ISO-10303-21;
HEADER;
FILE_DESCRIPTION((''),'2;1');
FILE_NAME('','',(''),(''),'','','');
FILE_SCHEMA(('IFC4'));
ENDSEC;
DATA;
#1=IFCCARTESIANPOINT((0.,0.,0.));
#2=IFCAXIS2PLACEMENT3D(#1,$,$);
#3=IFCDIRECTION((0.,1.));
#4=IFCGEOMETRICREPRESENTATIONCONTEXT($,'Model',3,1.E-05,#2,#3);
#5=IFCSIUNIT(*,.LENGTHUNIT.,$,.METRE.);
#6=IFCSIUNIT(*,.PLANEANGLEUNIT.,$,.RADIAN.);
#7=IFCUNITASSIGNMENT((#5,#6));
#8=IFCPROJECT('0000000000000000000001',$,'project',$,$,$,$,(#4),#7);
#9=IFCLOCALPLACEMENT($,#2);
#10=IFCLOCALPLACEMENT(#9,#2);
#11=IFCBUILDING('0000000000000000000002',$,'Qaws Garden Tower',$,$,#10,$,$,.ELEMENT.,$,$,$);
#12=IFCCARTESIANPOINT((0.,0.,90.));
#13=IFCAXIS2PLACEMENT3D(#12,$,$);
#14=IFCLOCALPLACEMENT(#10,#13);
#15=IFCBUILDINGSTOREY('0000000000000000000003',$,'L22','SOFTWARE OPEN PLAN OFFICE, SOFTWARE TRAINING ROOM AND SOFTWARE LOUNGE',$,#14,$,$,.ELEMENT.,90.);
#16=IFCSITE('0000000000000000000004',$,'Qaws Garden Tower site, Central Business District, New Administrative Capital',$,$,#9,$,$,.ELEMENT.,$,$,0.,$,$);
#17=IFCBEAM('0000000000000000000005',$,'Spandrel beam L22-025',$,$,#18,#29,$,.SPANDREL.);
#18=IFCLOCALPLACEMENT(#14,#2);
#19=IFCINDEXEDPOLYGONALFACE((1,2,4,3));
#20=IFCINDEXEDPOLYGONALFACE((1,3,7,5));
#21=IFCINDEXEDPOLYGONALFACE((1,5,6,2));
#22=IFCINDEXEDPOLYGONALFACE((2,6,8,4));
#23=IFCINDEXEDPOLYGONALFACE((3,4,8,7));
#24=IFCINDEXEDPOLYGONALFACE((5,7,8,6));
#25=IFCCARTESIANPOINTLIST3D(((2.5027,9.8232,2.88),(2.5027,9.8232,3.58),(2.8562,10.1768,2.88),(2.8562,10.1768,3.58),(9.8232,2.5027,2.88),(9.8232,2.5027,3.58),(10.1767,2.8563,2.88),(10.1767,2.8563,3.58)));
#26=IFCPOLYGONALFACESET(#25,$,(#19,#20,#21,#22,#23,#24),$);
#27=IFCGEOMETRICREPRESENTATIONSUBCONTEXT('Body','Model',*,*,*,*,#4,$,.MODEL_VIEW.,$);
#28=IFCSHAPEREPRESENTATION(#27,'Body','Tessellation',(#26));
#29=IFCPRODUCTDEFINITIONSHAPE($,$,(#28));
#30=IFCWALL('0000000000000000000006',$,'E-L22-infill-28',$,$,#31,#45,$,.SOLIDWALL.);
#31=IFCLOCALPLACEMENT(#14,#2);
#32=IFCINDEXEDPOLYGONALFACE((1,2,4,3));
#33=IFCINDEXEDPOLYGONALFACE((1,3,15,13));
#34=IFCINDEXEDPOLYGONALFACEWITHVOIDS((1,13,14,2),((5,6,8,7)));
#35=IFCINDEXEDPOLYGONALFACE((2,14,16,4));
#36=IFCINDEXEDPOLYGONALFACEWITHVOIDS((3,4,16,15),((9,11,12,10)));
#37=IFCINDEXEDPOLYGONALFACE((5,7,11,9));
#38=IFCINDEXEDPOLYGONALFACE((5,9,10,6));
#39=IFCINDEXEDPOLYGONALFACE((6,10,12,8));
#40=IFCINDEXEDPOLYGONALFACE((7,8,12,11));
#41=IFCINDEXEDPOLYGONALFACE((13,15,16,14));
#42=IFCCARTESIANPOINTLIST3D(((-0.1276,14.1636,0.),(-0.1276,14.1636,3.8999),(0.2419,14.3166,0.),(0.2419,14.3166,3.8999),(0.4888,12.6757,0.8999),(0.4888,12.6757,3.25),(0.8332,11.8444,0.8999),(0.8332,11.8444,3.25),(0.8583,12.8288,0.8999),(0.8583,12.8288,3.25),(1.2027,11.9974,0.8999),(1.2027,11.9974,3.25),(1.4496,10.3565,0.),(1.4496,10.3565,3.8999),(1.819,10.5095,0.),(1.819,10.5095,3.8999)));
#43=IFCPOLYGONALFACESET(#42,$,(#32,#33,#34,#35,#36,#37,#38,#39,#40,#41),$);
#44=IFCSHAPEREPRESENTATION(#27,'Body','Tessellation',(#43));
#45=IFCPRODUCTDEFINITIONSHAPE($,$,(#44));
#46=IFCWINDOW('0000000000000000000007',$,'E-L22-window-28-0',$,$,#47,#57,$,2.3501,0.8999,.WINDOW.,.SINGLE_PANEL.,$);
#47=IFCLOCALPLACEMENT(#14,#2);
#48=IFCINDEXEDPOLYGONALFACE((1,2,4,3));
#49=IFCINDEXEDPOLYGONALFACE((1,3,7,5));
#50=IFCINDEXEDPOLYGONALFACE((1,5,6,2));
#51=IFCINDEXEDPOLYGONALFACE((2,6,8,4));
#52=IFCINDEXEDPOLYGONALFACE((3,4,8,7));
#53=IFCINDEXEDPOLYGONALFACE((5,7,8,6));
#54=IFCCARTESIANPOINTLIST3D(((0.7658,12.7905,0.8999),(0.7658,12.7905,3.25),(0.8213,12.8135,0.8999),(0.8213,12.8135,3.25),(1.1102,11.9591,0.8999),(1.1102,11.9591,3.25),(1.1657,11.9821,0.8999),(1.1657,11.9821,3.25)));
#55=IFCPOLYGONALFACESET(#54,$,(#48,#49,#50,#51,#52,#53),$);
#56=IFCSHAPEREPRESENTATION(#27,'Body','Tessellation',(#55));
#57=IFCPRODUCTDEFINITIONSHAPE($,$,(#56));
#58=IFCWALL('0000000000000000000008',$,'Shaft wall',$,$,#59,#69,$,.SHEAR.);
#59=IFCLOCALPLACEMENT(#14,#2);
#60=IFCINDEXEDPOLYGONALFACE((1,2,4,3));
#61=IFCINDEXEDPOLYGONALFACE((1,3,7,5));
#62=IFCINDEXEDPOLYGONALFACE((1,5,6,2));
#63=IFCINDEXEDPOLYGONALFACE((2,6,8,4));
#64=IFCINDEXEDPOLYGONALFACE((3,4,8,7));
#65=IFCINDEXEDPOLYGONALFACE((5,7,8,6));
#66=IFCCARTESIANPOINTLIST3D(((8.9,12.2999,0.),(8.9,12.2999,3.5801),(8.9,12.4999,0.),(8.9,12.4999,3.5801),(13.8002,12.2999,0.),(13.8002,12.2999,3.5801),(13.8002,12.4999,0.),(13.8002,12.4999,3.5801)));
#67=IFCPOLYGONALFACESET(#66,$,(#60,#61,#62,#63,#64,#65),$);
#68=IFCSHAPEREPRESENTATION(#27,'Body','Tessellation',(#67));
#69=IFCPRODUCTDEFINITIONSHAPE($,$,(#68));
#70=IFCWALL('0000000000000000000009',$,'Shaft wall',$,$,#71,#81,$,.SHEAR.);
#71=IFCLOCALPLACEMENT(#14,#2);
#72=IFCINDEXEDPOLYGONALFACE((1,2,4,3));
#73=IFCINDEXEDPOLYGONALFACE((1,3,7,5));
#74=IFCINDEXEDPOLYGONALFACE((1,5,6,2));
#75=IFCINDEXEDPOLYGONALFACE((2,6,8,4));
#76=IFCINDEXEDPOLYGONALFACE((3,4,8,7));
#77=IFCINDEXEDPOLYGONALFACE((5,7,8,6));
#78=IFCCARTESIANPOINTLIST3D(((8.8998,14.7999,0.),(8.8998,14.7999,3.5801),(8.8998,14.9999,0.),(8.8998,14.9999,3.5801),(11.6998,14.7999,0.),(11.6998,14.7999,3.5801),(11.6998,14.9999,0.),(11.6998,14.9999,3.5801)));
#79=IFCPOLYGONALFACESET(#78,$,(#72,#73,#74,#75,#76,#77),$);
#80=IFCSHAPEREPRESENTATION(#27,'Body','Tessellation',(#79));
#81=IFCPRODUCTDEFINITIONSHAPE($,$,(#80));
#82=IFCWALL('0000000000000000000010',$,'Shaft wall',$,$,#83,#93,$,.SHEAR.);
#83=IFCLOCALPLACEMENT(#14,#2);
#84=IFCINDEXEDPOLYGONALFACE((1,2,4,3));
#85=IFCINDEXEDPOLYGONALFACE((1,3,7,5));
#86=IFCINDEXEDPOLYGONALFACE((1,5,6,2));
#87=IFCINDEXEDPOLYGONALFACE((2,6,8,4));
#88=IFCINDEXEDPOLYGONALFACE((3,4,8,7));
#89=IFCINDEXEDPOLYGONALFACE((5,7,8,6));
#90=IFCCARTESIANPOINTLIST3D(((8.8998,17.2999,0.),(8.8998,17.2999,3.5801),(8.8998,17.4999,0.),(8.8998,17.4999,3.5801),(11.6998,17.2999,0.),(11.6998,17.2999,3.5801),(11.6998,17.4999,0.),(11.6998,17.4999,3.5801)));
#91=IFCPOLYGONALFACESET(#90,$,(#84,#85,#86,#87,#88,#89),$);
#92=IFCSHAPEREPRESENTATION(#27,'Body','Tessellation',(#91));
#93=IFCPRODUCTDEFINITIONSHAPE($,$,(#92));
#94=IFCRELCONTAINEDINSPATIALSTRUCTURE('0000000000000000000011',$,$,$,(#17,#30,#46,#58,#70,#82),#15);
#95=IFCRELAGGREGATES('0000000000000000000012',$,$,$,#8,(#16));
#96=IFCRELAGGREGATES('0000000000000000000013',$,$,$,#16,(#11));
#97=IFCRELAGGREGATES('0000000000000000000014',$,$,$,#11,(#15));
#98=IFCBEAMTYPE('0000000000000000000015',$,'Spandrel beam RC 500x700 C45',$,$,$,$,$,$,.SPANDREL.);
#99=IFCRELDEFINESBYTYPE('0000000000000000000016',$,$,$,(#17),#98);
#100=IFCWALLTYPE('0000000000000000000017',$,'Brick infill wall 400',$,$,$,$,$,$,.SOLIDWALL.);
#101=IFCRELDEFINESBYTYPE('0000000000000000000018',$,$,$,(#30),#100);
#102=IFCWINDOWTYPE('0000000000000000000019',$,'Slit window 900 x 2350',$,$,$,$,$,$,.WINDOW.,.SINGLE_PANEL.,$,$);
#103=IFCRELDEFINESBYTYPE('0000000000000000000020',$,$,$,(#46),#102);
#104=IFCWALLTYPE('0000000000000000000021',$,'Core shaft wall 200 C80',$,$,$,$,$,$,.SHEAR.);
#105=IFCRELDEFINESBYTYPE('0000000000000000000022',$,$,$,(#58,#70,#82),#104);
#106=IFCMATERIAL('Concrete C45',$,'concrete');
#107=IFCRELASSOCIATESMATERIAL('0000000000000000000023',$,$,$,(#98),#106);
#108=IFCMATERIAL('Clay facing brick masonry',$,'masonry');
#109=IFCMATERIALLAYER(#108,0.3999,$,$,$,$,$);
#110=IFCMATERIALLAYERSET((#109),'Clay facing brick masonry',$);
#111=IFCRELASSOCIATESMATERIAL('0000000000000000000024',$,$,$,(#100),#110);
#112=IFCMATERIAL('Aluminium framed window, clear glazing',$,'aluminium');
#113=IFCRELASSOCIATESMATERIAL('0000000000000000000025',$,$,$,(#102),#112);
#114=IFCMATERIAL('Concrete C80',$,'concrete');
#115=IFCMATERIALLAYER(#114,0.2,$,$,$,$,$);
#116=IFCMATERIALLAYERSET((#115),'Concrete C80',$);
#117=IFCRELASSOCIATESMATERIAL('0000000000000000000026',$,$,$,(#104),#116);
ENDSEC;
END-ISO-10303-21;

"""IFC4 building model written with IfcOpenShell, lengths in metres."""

from ifc_helpers import new_model, si_unit, direction, frame, frame_2d, origin, origin_2d, place, context, subcontext, project, spatial, rectangle, extrude, material, layer, layer_set, material_profile, profile_set, type_object, element, fill, save


model = new_model("IFC4")

# Units and contexts
model_context = context("Model", 3, precision=1e-05, world=origin(), true_north=direction((0.0, 1.0)))
body_context = subcontext(model_context, "Body", "Model", "MODEL_VIEW")
ifc_project = project(units=[si_unit("LENGTHUNIT", "METRE"), si_unit("PLANEANGLEUNIT", "RADIAN")], contexts=[model_context])

# Site, building, storey
site_placement = place(None, origin())
site = spatial("IfcSite", under=ifc_project, at=site_placement, Name="Qaws Garden Tower site, Central Business District, New Administrative Capital", CompositionType="ELEMENT", RefElevation=0.0)
building_placement = place(site_placement, origin())
building = spatial("IfcBuilding", under=site, at=building_placement, Name="Qaws Garden Tower", CompositionType="ELEMENT")
storey_placement = place(building_placement, frame((0.0, 0.0, 90.0)))
storey = spatial("IfcBuildingStorey", under=building, at=storey_placement, Name="L22", Description="SOFTWARE OPEN PLAN OFFICE, SOFTWARE TRAINING ROOM AND SOFTWARE LOUNGE", CompositionType="ELEMENT", Elevation=90.0)

# Beam
ifc_material_1 = material(Name="Concrete C45", Category="concrete")
ifc_material_profile = material_profile(ifc_material_1, rectangle(XDim=0.5, YDim=0.7, at=origin_2d()), Name="RC 500x700")
ifc_profile_set = profile_set([ifc_material_profile], Name="Concrete C45")
beam_type = type_object("IfcBeamType", Name="Spandrel beam RC 500x700 C45", PredefinedType="SPANDREL", material=ifc_profile_set)
beam_placement = place(storey_placement, frame((2.6794, 10.0, 3.23), z_axis=(0.707107, -0.707107, 0.0), x_axis=(0.707107, 0.707107, 0.0)))
element("IfcBeam", 1, at=beam_placement, inside=storey, type_object=beam_type, Name="Spandrel beam L22-025", PredefinedType="SPANDREL", context=body_context, shape_type="SweptSolid", body=[
    extrude(rectangle(XDim=0.5, YDim=0.7, at=origin_2d()), origin(), (0.0, 0.0, 1.0), 10.3528),
])

# Wall, opening, window
ifc_material_2 = material(Name="Clay facing brick masonry", Category="masonry")
ifc_layer_1 = layer(ifc_material_2, 0.3999)
ifc_layer_set_1 = layer_set([ifc_layer_1], Name="Clay facing brick masonry")
wall_type_1 = type_object("IfcWallType", Name="Brick infill wall 400", PredefinedType="SOLIDWALL", material=ifc_layer_set_1)
wall_1_placement = place(storey_placement, frame((0.0571, 14.2402, 0.0), z_axis=(0.0, 0.0, 1.0), x_axis=(0.382722, -0.923864, 0.0)))
wall_1 = element("IfcWall", 2, at=wall_1_placement, inside=storey, type_object=wall_type_1, Name="E-L22-infill-28", PredefinedType="SOLIDWALL", context=body_context, shape_type="SweptSolid", body=[
    extrude(rectangle(XDim=4.1208, YDim=0.3999, at=frame_2d((2.0605, 0.0))), origin(), (0.0, 0.0, 1.0), 3.8999),
])
opening_placement = place(wall_1_placement, frame((1.6106, 0.0, 0.8999)))
opening = element("IfcOpeningElement", 3, at=opening_placement, cuts=wall_1, PredefinedType="OPENING", context=body_context, shape_type="SweptSolid", body=[
    extrude(rectangle(XDim=0.8999, YDim=2.3501, at=frame_2d((0.45, 1.175))), frame((0.0, 0.21, 0.0), z_axis=(0.0, -1.0, 0.0), x_axis=(1.0, 0.0, 0.0)), (0.0, 0.0, 1.0), 0.4199),
])
ifc_material_3 = material(Name="Aluminium framed window, clear glazing", Category="aluminium")
window_type = type_object("IfcWindowType", Name="Slit window 900 x 2350", PartitioningType="SINGLE_PANEL", PredefinedType="WINDOW", material=ifc_material_3)
window_placement = place(opening_placement, origin())
window = element("IfcWindow", 4, at=window_placement, inside=storey, type_object=window_type, Name="E-L22-window-28-0", OverallHeight=2.3501, OverallWidth=0.8999, PartitioningType="SINGLE_PANEL", PredefinedType="WINDOW", context=body_context, shape_type="SweptSolid", body=[
    extrude(rectangle(XDim=0.8999, YDim=2.3501, at=frame_2d((0.45, 1.175))), frame((0.0, 0.1599, 0.0), z_axis=(0.0, -1.0, 0.0), x_axis=(1.0, 0.0, 0.0)), (0.0, 0.0, 1.0), 0.0601),
])
fill(opening, window)

# Walls
ifc_material_4 = material(Name="Concrete C80", Category="concrete")
ifc_layer_2 = layer(ifc_material_4, 0.2)
ifc_layer_set_2 = layer_set([ifc_layer_2], Name="Concrete C80")
wall_type_2 = type_object("IfcWallType", Name="Core shaft wall 200 C80", PredefinedType="SHEAR", material=ifc_layer_set_2)
wall_2_placement = place(storey_placement, frame((8.8999, 12.3999, 0.0), z_axis=(0.0, 0.0, 1.0), x_axis=(1.0, 0.0, 0.0)))
element("IfcWall", 5, at=wall_2_placement, inside=storey, type_object=wall_type_2, Name="Shaft wall", PredefinedType="SHEAR", context=body_context, shape_type="SweptSolid", body=[
    extrude(rectangle(XDim=4.9001, YDim=0.2, at=frame_2d((2.4502, 0.0))), origin(), (0.0, 0.0, 1.0), 3.5801),
])
for number, where, z_axis, x_axis, name in (
    (6, (8.8999, 14.8999, 0.0), (0.0, 0.0, 1.0), (1.0, 0.0, 0.0), "Shaft wall"),
    (7, (8.8999, 17.3999, 0.0), (0.0, 0.0, 1.0), (1.0, 0.0, 0.0), "Shaft wall"),
):
    element("IfcWall", number, at=place(storey_placement, frame(where, z_axis=z_axis, x_axis=x_axis)), inside=storey, type_object=wall_type_2, Name=name, PredefinedType="SHEAR", context=body_context, shape_type="SweptSolid", body=[
        extrude(rectangle(XDim=2.8, YDim=0.2, at=frame_2d((1.3999, 0.0))), origin(), (0.0, 0.0, 1.0), 3.5801),
    ])

save(model, "model.ifc")
